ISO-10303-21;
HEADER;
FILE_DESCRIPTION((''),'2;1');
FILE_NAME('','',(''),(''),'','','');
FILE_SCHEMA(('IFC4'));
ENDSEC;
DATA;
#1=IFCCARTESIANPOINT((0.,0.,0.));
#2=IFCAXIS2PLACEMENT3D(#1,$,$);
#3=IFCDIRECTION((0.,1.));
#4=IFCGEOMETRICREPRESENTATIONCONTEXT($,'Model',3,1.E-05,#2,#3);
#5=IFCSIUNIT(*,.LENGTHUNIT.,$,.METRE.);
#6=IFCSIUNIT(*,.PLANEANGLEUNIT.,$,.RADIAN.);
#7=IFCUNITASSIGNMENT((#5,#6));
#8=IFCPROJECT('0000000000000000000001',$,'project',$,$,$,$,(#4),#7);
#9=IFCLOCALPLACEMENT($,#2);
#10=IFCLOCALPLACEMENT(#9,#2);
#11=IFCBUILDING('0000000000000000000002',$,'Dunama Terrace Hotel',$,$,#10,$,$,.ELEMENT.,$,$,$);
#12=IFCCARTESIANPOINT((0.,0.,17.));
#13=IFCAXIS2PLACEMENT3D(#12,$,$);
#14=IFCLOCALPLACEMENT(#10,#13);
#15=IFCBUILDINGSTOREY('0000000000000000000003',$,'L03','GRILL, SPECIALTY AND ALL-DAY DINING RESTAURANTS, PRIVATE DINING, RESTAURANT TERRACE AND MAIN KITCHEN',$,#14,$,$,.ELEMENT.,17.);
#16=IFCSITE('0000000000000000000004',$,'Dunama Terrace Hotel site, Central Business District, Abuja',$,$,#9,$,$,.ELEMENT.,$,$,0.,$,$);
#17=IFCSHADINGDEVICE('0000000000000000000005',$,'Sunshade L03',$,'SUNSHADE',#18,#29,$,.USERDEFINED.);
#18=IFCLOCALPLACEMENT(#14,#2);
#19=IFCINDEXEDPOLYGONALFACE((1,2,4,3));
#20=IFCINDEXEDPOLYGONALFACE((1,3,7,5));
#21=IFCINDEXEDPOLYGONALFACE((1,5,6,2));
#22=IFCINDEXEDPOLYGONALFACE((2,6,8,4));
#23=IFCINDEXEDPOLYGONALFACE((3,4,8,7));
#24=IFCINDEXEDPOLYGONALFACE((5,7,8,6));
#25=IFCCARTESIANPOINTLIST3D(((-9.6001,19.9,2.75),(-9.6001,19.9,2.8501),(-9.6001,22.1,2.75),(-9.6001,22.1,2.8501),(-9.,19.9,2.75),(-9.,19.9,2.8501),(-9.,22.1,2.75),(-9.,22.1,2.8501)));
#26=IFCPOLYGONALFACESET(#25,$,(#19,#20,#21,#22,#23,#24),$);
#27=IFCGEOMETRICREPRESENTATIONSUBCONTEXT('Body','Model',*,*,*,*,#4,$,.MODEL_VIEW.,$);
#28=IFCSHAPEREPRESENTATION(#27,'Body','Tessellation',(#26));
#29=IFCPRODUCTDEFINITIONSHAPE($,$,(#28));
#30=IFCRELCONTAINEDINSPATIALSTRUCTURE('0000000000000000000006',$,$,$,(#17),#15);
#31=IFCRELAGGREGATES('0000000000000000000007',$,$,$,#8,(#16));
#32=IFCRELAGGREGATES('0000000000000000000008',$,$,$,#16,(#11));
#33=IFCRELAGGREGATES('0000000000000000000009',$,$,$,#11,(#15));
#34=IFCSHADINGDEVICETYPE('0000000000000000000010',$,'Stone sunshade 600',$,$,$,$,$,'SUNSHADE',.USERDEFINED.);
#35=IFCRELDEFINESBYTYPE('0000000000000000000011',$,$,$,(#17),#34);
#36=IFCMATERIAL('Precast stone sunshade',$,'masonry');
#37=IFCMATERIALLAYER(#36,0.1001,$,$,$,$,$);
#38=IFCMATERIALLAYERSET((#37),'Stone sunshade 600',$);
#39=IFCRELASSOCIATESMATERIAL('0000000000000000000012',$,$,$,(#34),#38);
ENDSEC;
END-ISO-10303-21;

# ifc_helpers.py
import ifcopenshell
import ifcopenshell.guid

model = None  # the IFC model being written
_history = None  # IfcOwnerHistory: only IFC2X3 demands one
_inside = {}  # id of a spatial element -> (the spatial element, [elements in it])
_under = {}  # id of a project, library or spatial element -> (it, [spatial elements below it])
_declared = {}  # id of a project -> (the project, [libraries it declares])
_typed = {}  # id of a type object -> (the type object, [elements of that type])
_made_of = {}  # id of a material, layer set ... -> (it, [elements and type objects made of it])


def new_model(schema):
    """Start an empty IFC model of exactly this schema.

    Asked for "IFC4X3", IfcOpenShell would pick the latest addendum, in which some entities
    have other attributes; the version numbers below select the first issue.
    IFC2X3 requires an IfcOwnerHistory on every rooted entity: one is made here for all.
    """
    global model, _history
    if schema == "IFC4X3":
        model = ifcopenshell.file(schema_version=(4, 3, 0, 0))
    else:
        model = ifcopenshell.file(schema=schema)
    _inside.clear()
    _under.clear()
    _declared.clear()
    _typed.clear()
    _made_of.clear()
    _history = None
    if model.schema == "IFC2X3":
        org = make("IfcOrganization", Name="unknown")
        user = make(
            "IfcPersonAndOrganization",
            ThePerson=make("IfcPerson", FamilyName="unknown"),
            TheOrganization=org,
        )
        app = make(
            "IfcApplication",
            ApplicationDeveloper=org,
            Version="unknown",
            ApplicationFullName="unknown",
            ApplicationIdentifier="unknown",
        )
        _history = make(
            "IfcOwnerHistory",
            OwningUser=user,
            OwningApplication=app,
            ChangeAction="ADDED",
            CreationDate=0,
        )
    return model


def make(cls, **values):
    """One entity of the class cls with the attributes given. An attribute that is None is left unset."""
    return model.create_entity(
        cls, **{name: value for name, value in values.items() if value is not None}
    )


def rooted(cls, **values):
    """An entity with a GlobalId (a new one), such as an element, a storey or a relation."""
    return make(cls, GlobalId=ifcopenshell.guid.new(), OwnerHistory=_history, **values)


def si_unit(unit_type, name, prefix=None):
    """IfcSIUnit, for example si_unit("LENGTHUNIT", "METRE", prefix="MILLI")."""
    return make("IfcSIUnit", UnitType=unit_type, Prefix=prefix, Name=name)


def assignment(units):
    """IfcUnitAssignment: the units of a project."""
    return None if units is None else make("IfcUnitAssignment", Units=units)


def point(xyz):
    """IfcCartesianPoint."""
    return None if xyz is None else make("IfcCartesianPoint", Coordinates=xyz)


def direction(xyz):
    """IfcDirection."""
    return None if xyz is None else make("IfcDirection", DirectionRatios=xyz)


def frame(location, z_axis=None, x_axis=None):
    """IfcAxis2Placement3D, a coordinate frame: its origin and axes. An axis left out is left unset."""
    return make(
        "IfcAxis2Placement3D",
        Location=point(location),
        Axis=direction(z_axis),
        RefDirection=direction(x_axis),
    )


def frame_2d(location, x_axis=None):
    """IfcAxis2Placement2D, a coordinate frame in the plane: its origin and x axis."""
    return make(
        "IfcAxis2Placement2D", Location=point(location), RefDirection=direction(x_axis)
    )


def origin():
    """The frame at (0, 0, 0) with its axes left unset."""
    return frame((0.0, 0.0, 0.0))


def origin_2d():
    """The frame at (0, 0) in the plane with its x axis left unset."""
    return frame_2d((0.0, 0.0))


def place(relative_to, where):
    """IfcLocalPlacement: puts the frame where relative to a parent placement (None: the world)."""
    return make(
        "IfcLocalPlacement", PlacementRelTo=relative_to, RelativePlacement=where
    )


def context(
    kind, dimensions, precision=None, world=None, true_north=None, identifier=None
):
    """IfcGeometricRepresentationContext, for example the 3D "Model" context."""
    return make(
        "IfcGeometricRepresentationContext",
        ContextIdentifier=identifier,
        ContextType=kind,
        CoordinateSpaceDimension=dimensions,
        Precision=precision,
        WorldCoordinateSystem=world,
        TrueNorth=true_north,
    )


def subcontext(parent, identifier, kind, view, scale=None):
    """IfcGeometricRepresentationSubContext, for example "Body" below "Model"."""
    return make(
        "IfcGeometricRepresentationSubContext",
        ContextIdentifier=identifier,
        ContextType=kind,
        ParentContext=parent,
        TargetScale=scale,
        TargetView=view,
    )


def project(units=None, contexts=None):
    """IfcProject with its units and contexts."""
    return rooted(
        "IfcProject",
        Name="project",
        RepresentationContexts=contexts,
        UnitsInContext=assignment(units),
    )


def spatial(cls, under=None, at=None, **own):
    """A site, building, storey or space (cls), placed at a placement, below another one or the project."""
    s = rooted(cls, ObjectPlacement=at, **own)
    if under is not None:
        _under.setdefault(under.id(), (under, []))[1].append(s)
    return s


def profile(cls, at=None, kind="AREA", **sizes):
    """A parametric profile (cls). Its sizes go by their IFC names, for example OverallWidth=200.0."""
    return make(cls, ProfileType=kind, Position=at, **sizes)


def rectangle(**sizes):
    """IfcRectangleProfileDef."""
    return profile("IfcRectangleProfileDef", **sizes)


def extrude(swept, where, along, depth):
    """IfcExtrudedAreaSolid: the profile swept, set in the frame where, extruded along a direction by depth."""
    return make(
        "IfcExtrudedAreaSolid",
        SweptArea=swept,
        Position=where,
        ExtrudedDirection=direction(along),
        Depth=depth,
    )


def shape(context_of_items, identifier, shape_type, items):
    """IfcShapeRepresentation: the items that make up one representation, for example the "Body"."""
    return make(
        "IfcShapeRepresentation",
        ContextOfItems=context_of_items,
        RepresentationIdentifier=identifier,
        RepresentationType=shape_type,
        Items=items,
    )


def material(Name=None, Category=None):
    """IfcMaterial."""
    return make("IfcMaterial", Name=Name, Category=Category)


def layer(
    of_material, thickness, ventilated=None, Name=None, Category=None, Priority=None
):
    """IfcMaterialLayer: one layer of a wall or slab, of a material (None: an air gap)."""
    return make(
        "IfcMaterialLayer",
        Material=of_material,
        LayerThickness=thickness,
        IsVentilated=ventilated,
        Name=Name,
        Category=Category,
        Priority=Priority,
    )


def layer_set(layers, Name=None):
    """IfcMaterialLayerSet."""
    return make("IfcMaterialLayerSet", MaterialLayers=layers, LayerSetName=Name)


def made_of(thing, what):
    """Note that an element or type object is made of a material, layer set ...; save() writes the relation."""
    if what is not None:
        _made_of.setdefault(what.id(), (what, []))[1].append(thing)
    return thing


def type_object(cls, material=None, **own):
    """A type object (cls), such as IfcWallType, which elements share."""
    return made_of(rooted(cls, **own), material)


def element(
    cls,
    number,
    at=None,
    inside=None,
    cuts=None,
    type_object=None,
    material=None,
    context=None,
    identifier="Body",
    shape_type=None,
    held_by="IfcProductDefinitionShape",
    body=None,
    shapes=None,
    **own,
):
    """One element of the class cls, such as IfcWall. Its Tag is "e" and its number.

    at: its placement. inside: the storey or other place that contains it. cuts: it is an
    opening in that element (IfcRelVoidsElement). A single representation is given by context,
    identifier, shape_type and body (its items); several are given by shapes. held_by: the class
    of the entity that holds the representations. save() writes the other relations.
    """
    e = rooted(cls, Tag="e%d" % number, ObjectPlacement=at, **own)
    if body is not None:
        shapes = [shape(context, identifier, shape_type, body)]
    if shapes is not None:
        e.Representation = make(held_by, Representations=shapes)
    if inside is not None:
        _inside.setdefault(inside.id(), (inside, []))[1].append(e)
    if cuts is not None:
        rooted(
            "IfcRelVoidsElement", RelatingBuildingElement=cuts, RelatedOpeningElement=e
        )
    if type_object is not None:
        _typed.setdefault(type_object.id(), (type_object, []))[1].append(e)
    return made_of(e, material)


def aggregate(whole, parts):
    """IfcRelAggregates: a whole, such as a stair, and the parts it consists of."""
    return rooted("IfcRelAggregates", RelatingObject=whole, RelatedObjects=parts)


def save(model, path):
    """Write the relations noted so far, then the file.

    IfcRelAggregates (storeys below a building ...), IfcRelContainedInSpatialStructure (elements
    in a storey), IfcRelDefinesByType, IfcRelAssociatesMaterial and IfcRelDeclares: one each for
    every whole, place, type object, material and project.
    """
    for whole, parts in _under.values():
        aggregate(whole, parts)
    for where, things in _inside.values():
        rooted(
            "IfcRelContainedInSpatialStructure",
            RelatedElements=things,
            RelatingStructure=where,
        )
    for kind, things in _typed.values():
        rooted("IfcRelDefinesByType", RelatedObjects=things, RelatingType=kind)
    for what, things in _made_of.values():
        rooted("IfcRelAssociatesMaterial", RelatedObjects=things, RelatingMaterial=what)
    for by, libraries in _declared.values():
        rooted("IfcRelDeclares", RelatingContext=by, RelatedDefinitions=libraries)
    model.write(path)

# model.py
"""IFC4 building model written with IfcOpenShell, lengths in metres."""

from ifc_helpers import new_model, si_unit, direction, frame, origin, origin_2d, place, context, subcontext, project, spatial, rectangle, extrude, material, layer, layer_set, type_object, element, save


model = new_model("IFC4")

# Units and contexts
model_context = context("Model", 3, precision=1e-05, world=origin(), true_north=direction((0.0, 1.0)))
body_context = subcontext(model_context, "Body", "Model", "MODEL_VIEW")
ifc_project = project(units=[si_unit("LENGTHUNIT", "METRE"), si_unit("PLANEANGLEUNIT", "RADIAN")], contexts=[model_context])

# Site, building, storey
site_placement = place(None, origin())
site = spatial("IfcSite", under=ifc_project, at=site_placement, Name="Dunama Terrace Hotel site, Central Business District, Abuja", CompositionType="ELEMENT", RefElevation=0.0)
building_placement = place(site_placement, origin())
building = spatial("IfcBuilding", under=site, at=building_placement, Name="Dunama Terrace Hotel", CompositionType="ELEMENT")
storey_placement = place(building_placement, frame((0.0, 0.0, 17.0)))
storey = spatial("IfcBuildingStorey", under=building, at=storey_placement, Name="L03", Description="GRILL, SPECIALTY AND ALL-DAY DINING RESTAURANTS, PRIVATE DINING, RESTAURANT TERRACE AND MAIN KITCHEN", CompositionType="ELEMENT", Elevation=17.0)

# Shading device
ifc_material_1 = material(Name="Precast stone sunshade", Category="masonry")
ifc_layer_1 = layer(ifc_material_1, 0.1001)
ifc_layer_set_1 = layer_set([ifc_layer_1], Name="Stone sunshade 600")
shading_device_type = type_object("IfcShadingDeviceType", Name="Stone sunshade 600", ElementType="SUNSHADE", PredefinedType="USERDEFINED", material=ifc_layer_set_1)
for number, where, z_axis, x_axis, name in (
    (1, (-9.3, 21.0, 2.75), (0.0, 0.0, 1.0), (0.0, -1.0, 0.0), "Sunshade L03"),
):
    element("IfcShadingDevice", number, at=place(storey_placement, frame(where, z_axis=z_axis, x_axis=x_axis)), inside=storey, type_object=shading_device_type, Name=name, ObjectType="SUNSHADE", PredefinedType="USERDEFINED", context=body_context, shape_type="SweptSolid", body=[
        extrude(rectangle(XDim=2.2, YDim=0.6001, at=origin_2d()), origin(), (0.0, 0.0, 1.0), 0.1001),
    ])

save(model, "model.ifc")
